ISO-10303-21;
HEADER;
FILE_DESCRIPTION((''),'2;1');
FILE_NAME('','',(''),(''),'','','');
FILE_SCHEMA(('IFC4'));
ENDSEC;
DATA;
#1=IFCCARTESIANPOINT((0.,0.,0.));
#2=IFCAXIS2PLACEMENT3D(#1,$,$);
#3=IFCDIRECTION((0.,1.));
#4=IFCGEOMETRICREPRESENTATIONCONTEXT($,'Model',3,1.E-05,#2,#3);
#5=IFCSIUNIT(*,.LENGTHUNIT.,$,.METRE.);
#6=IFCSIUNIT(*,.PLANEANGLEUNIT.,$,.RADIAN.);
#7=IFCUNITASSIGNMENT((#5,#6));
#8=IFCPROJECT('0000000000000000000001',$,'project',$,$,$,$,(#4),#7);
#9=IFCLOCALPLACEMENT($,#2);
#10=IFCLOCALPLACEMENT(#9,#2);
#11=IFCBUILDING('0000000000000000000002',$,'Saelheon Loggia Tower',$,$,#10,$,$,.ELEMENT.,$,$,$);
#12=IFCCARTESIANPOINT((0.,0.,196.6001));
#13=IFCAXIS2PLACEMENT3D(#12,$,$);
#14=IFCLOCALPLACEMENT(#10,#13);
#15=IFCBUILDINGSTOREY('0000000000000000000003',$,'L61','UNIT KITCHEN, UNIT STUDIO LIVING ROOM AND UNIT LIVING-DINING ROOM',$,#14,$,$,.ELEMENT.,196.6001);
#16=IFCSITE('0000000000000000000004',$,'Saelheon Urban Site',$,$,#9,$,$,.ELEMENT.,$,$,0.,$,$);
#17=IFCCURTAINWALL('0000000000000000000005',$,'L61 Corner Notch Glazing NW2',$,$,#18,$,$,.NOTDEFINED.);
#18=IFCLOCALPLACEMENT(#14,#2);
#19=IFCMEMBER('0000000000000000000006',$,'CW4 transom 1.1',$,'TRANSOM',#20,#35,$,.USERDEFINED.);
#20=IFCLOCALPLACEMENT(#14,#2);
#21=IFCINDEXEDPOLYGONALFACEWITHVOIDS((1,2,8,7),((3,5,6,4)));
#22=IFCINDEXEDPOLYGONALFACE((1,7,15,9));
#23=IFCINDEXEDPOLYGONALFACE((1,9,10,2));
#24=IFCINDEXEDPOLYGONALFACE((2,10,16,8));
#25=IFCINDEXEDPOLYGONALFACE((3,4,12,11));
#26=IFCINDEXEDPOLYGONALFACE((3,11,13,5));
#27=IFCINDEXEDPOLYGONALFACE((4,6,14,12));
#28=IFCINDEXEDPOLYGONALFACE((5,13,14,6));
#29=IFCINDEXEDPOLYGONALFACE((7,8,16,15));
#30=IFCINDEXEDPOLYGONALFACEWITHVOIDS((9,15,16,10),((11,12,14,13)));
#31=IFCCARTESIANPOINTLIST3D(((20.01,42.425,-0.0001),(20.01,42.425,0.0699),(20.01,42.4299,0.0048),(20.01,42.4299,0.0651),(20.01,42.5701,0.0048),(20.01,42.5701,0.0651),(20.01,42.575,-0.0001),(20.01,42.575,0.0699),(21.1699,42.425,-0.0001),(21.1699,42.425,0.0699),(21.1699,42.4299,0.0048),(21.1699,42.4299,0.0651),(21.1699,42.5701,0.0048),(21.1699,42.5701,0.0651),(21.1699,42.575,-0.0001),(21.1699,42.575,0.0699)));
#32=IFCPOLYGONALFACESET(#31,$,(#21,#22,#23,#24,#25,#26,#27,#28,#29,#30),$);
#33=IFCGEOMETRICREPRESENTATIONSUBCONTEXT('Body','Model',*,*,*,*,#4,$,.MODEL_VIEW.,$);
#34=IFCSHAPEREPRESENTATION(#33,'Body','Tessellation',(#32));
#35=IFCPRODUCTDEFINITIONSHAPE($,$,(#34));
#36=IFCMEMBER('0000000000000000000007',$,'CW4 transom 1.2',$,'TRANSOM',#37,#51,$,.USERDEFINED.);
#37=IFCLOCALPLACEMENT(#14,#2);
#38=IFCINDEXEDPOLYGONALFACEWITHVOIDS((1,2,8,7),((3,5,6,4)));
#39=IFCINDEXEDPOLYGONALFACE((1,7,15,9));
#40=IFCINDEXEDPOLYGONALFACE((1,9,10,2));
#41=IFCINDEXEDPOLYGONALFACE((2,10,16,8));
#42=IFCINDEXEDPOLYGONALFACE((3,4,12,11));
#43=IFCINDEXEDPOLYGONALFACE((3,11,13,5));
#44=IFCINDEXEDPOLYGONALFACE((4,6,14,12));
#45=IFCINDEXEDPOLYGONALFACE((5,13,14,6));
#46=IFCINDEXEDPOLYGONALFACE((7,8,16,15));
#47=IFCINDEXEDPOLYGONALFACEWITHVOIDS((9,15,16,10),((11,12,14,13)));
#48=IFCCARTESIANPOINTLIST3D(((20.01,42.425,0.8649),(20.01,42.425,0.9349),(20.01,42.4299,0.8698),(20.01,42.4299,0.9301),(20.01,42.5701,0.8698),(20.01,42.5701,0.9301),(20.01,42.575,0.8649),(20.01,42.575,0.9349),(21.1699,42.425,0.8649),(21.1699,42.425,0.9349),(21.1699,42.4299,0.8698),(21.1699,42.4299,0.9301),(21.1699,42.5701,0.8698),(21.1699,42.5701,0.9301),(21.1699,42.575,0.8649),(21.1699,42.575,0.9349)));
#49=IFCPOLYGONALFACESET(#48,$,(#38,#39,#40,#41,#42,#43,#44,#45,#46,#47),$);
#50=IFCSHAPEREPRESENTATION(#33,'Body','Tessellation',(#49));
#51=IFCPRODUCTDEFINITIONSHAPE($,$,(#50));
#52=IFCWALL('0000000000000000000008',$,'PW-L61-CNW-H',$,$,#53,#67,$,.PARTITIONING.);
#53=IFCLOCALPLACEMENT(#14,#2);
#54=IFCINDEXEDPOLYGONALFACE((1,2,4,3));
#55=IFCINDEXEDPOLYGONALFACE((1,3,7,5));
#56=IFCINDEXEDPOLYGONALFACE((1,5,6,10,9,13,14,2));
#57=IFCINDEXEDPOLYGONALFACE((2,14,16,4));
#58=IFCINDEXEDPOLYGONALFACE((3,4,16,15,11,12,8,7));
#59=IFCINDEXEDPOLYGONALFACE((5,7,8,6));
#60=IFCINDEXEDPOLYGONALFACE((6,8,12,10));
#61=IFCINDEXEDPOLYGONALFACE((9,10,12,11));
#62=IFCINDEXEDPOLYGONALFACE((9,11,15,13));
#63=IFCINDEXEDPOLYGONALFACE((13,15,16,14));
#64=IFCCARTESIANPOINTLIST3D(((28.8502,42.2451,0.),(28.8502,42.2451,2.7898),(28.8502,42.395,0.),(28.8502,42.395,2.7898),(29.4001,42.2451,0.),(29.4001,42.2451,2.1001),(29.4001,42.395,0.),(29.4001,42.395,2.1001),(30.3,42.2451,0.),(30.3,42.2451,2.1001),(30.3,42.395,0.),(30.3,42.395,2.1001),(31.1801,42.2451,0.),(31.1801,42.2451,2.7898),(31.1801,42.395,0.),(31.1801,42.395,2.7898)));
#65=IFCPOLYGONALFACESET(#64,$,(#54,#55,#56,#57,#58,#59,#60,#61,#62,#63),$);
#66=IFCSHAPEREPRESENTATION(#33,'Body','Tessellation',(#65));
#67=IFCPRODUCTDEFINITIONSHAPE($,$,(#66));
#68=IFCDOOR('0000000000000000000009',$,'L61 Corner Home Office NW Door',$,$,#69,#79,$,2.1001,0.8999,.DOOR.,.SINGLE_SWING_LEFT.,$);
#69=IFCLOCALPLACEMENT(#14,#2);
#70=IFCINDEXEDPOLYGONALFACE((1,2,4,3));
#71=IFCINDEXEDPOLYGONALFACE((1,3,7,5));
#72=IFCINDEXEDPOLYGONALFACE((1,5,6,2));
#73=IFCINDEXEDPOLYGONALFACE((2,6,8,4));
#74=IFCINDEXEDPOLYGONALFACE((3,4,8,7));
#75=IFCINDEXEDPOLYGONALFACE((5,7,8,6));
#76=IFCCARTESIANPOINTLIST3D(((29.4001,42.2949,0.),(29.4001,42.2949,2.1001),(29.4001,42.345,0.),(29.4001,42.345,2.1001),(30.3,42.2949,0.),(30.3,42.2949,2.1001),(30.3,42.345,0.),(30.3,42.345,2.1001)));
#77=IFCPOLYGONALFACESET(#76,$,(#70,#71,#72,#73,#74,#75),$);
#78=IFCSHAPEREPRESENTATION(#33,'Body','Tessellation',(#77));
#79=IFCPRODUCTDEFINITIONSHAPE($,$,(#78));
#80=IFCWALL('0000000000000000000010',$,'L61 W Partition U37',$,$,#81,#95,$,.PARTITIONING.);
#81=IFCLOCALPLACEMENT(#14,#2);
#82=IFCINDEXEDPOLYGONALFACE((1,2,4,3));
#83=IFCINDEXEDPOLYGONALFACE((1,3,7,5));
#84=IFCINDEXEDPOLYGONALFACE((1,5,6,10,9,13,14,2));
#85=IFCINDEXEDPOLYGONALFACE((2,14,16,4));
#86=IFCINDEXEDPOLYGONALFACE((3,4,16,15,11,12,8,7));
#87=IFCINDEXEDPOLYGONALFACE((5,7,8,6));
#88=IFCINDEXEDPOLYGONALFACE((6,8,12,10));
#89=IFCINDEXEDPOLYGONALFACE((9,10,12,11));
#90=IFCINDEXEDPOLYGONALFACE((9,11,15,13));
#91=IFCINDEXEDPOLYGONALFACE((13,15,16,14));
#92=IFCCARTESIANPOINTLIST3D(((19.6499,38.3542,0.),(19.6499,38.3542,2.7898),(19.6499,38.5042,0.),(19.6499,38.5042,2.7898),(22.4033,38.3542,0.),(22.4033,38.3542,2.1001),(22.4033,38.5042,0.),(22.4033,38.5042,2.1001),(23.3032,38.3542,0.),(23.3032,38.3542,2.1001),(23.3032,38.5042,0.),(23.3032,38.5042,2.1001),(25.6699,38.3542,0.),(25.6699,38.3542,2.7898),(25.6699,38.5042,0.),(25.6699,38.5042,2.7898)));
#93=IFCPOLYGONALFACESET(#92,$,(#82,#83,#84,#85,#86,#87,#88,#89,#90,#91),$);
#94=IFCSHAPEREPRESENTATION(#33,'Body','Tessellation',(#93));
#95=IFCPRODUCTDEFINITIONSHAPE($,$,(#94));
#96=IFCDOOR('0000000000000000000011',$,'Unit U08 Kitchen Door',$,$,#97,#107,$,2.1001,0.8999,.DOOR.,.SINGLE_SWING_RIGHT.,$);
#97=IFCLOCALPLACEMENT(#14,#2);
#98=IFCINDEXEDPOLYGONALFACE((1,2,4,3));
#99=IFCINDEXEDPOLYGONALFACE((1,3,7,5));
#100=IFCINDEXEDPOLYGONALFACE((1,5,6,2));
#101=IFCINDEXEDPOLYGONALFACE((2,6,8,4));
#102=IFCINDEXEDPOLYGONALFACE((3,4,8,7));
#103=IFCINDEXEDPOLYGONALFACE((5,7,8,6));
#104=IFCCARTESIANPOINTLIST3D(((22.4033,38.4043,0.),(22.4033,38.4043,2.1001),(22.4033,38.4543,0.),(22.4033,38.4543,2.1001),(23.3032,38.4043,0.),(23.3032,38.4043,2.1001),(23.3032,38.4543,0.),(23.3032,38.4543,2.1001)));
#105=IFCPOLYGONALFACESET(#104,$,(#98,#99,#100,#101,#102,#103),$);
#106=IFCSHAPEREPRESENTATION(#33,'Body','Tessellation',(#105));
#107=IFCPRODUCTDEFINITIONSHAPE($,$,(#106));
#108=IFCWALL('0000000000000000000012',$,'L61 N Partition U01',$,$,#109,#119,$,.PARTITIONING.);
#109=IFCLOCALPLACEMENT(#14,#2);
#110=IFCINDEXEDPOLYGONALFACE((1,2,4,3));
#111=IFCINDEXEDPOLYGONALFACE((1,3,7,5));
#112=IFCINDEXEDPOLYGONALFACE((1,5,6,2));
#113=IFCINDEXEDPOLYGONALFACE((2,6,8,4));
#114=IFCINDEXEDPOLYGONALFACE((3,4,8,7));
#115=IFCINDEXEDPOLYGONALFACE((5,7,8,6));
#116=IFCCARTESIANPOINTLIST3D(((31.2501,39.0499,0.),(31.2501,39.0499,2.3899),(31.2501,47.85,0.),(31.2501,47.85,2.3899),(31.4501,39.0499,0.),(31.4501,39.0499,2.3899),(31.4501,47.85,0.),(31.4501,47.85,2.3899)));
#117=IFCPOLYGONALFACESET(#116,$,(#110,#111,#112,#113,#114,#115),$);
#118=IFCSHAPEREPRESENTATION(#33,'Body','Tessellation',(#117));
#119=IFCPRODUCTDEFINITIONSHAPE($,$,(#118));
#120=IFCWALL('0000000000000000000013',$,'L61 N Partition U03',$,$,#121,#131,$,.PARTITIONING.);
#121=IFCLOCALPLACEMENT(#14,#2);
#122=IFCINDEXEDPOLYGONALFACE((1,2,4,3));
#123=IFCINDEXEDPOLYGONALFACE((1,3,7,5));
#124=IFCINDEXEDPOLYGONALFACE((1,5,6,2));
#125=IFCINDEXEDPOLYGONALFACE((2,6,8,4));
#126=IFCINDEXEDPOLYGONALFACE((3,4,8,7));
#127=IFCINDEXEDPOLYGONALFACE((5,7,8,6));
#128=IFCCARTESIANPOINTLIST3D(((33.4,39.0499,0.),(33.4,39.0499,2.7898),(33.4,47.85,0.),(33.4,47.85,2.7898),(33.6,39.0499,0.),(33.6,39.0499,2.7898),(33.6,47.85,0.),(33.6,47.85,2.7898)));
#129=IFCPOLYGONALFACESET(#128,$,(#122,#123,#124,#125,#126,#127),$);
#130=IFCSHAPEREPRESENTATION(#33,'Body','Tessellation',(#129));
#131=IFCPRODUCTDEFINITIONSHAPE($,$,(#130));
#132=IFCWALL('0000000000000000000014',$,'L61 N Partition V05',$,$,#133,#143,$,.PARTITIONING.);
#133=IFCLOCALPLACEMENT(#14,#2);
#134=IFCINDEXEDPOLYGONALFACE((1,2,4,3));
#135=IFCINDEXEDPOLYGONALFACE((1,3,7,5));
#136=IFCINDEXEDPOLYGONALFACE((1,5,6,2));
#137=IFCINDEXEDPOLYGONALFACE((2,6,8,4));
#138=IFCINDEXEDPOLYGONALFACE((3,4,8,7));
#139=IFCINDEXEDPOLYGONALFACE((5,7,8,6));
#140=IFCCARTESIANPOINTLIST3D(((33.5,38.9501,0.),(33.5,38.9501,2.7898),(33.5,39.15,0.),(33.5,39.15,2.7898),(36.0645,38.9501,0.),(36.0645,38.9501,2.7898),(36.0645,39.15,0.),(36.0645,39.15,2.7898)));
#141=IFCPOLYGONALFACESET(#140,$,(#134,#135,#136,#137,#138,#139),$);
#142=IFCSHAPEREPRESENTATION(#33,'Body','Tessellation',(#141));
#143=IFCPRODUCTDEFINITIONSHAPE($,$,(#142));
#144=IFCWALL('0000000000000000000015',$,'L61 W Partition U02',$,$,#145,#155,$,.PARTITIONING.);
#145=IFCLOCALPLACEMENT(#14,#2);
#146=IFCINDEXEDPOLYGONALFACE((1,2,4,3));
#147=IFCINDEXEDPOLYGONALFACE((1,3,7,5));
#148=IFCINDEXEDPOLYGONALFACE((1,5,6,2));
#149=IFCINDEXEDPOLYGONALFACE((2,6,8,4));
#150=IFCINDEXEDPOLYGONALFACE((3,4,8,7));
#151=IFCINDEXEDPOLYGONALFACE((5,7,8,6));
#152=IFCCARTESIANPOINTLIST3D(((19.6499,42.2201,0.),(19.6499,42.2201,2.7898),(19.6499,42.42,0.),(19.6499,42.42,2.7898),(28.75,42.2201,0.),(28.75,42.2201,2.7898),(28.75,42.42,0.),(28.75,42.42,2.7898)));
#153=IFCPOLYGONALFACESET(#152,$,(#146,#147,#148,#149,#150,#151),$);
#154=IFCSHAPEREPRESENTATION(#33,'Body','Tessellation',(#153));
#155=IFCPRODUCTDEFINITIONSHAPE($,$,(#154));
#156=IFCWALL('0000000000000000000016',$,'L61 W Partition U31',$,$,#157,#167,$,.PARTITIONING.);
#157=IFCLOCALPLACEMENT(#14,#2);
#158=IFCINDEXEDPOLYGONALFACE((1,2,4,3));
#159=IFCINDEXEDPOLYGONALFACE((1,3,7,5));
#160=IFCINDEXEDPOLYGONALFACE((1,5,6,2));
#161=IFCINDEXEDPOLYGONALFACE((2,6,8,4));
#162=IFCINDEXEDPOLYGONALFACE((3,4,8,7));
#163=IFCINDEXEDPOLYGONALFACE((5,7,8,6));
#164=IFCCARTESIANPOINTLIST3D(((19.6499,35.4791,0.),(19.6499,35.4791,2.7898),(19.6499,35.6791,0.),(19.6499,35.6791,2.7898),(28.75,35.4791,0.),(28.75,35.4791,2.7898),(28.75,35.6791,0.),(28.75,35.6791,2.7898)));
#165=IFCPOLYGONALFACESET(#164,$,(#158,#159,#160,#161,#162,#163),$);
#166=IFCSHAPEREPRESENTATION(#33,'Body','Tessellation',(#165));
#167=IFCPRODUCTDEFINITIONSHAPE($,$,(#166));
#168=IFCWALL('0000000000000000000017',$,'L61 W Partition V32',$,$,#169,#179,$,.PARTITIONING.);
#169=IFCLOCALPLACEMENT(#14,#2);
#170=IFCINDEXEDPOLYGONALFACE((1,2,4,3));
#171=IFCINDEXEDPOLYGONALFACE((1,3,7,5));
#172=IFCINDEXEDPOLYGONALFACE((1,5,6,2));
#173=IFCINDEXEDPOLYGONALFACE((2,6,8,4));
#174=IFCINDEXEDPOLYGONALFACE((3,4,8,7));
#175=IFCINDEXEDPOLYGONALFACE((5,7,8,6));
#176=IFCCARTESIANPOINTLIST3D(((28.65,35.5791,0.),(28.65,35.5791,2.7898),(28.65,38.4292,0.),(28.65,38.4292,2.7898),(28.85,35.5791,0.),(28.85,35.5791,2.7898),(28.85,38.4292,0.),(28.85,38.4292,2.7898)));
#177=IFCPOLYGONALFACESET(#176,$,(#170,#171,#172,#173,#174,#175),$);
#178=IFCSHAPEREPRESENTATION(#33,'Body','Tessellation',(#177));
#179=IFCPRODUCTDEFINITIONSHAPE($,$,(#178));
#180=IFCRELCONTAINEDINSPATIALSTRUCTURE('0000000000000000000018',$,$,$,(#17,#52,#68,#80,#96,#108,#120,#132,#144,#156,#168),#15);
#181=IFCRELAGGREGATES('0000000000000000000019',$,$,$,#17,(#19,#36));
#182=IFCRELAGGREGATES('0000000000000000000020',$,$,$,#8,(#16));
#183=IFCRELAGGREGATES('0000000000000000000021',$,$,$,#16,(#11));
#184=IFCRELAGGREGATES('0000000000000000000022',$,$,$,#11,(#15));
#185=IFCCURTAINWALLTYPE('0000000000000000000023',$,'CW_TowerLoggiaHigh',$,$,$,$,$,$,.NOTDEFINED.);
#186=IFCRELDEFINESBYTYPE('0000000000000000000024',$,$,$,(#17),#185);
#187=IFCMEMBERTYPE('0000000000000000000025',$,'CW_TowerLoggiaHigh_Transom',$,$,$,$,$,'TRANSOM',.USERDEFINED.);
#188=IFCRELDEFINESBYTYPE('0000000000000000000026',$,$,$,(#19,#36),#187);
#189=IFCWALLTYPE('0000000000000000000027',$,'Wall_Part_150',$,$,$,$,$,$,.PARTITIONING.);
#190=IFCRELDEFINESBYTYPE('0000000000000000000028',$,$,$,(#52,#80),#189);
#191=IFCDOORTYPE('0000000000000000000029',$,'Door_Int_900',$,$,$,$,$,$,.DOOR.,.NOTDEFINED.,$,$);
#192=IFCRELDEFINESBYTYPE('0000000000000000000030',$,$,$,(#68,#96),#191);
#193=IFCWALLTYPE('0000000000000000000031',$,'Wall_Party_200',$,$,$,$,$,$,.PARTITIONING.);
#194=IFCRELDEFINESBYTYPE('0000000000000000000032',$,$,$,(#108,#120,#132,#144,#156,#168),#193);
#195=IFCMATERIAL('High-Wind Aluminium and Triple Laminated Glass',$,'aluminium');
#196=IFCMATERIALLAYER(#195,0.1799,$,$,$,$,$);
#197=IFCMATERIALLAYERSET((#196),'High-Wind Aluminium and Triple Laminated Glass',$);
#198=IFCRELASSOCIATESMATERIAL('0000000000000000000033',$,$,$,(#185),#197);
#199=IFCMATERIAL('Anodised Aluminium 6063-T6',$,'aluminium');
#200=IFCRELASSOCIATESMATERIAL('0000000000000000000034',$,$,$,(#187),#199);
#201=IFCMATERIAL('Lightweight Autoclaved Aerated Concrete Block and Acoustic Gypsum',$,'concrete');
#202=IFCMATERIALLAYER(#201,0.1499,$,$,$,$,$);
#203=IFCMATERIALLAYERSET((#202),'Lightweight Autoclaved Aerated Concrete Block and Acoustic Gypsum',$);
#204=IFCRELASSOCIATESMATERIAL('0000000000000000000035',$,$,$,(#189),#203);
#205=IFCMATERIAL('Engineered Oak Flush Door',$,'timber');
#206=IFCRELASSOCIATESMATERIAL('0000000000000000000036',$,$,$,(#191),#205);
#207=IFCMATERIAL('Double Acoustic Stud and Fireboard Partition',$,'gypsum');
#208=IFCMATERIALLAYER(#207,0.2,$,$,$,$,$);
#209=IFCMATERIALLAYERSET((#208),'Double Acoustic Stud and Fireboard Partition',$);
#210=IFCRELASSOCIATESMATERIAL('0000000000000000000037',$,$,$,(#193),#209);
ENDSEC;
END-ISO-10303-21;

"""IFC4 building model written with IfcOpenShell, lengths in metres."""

from ifc_helpers import new_model, si_unit, direction, frame, frame_2d, origin, origin_2d, place, context, subcontext, project, spatial, rectangle, hollow_rectangle, extrude, source, transform, mapped, material, layer, layer_set, material_profile, profile_set, type_object, element, fill, aggregate, save


model = new_model("IFC4")

# Units and contexts
model_context = context("Model", 3, precision=1e-05, world=origin(), true_north=direction((0.0, 1.0)))
body_context = subcontext(model_context, "Body", "Model", "MODEL_VIEW")
ifc_project = project(units=[si_unit("LENGTHUNIT", "METRE"), si_unit("PLANEANGLEUNIT", "RADIAN")], contexts=[model_context])

# Site, building, storey
site_placement = place(None, origin())
site = spatial("IfcSite", under=ifc_project, at=site_placement, Name="Saelheon Urban Site", CompositionType="ELEMENT", RefElevation=0.0)
building_placement = place(site_placement, origin())
building = spatial("IfcBuilding", under=site, at=building_placement, Name="Saelheon Loggia Tower", CompositionType="ELEMENT")
storey_placement = place(building_placement, frame((0.0, 0.0, 196.6001)))
storey = spatial("IfcBuildingStorey", under=building, at=storey_placement, Name="L61", Description="UNIT KITCHEN, UNIT STUDIO LIVING ROOM AND UNIT LIVING-DINING ROOM", CompositionType="ELEMENT", Elevation=196.6001)

# Curtain wall, members
ifc_material_1 = material(Name="High-Wind Aluminium and Triple Laminated Glass", Category="aluminium")
ifc_layer_1 = layer(ifc_material_1, 0.1799)
ifc_layer_set_1 = layer_set([ifc_layer_1], Name="High-Wind Aluminium and Triple Laminated Glass")
curtain_wall_type = type_object("IfcCurtainWallType", Name="CW_TowerLoggiaHigh", PredefinedType="NOTDEFINED", material=ifc_layer_set_1)
curtain_wall_placement = place(storey_placement, origin())
curtain_wall = element("IfcCurtainWall", 1, at=curtain_wall_placement, inside=storey, type_object=curtain_wall_type, Name="L61 Corner Notch Glazing NW2", PredefinedType="NOTDEFINED")
ifc_material_2 = material(Name="Anodised Aluminium 6063-T6", Category="aluminium")
ifc_material_profile_1 = material_profile(ifc_material_2, hollow_rectangle(XDim=0.0701, YDim=0.1499, WallThickness=0.0049, at=origin_2d()), Name="RHS-150x70x5")
ifc_profile_set_1 = profile_set([ifc_material_profile_1], Name="Anodised Aluminium 6063-T6")
member_type_1 = type_object("IfcMemberType", Name="CW_TowerLoggiaHigh_Transom", ElementType="TRANSOM", PredefinedType="USERDEFINED", material=ifc_profile_set_1)
shared_shape_1 = source(origin(), body_context, "Body", "SweptSolid", [
    extrude(hollow_rectangle(XDim=0.0701, YDim=0.1499, WallThickness=0.0049, at=origin_2d()), origin(), (0.0, 0.0, 1.0), 1.1599),
])
member_1_placement = place(storey_placement, frame((20.01, 42.5, 0.0349), z_axis=(1.0, 0.0, 0.0), x_axis=(0.0, 0.0, 1.0)))
member_1 = element("IfcMember", 2, at=member_1_placement, type_object=member_type_1, Name="CW4 transom 1.1", ObjectType="TRANSOM", PredefinedType="USERDEFINED", context=body_context, shape_type="MappedRepresentation", body=[
    mapped(shared_shape_1, transform((0.0, 0.0, 0.0), scale=1.0)),
])
member_2_placement = place(storey_placement, frame((20.01, 42.5, 0.8999), z_axis=(1.0, 0.0, 0.0), x_axis=(0.0, 0.0, 1.0)))
member_2 = element("IfcMember", 3, at=member_2_placement, type_object=member_type_1, Name="CW4 transom 1.2", ObjectType="TRANSOM", PredefinedType="USERDEFINED", context=body_context, shape_type="MappedRepresentation", body=[
    mapped(shared_shape_1, transform((0.0, 0.0, 0.0), scale=1.0)),
])
aggregate(curtain_wall, [member_1, member_2])

# Walls, openings, doors
ifc_material_3 = material(Name="Lightweight Autoclaved Aerated Concrete Block and Acoustic Gypsum", Category="concrete")
ifc_layer_2 = layer(ifc_material_3, 0.1499)
ifc_layer_set_2 = layer_set([ifc_layer_2], Name="Lightweight Autoclaved Aerated Concrete Block and Acoustic Gypsum")
wall_type_1 = type_object("IfcWallType", Name="Wall_Part_150", PredefinedType="PARTITIONING", material=ifc_layer_set_2)
wall_1_placement = place(storey_placement, frame((28.8501, 42.3201, 0.0), z_axis=(0.0, 0.0, 1.0), x_axis=(1.0, 0.0, 0.0)))
wall_1 = element("IfcWall", 4, at=wall_1_placement, inside=storey, type_object=wall_type_1, Name="PW-L61-CNW-H", PredefinedType="PARTITIONING", context=body_context, shape_type="SweptSolid", body=[
    extrude(rectangle(XDim=2.3298, YDim=0.1499, at=frame_2d((1.165, 0.0))), origin(), (0.0, 0.0, 1.0), 2.7898),
])
opening_1_placement = place(wall_1_placement, frame((0.55, 0.0, 0.0)))
opening_1 = element("IfcOpeningElement", 5, at=opening_1_placement, cuts=wall_1, PredefinedType="OPENING", context=body_context, shape_type="SweptSolid", body=[
    extrude(rectangle(XDim=0.8999, YDim=2.1001, at=frame_2d((0.45, 1.05))), frame((0.0, 0.0869, 0.0), z_axis=(0.0, -1.0, 0.0), x_axis=(1.0, 0.0, 0.0)), (0.0, 0.0, 1.0), 0.1738),
])
ifc_material_4 = material(Name="Engineered Oak Flush Door", Category="timber")
door_type_1 = type_object("IfcDoorType", Name="Door_Int_900", OperationType="NOTDEFINED", PredefinedType="DOOR", material=ifc_material_4)
shared_shape_2 = source(origin(), body_context, "Body", "SweptSolid", [
    extrude(rectangle(XDim=0.8999, YDim=2.1001, at=frame_2d((0.45, 1.05))), frame((0.0, 0.0249, 0.0), z_axis=(0.0, -1.0, 0.0), x_axis=(1.0, 0.0, 0.0)), (0.0, 0.0, 1.0), 0.05),
])
door_1_placement = place(opening_1_placement, origin())
door_1 = element("IfcDoor", 6, at=door_1_placement, inside=storey, type_object=door_type_1, Name="L61 Corner Home Office NW Door", OperationType="SINGLE_SWING_LEFT", OverallHeight=2.1001, OverallWidth=0.8999, PredefinedType="DOOR", context=body_context, shape_type="MappedRepresentation", body=[
    mapped(shared_shape_2, transform((0.0, 0.0, 0.0), scale=1.0)),
])
fill(opening_1, door_1)
wall_2_placement = place(storey_placement, frame((25.6699, 38.4292, 0.0), z_axis=(0.0, 0.0, 1.0), x_axis=(-1.0, 0.0, 0.0)))
wall_2 = element("IfcWall", 7, at=wall_2_placement, inside=storey, type_object=wall_type_1, Name="L61 W Partition U37", PredefinedType="PARTITIONING", context=body_context, shape_type="SweptSolid", body=[
    extrude(rectangle(XDim=6.02, YDim=0.1499, at=frame_2d((3.01, 0.0))), origin(), (0.0, 0.0, 1.0), 2.7898),
])
opening_2_placement = place(wall_2_placement, frame((2.3667, 0.0, 0.0)))
opening_2 = element("IfcOpeningElement", 8, at=opening_2_placement, cuts=wall_2, PredefinedType="OPENING", context=body_context, shape_type="SweptSolid", body=[
    extrude(rectangle(XDim=0.8999, YDim=2.1001, at=frame_2d((0.45, 1.05))), frame((0.0, 0.0869, 0.0), z_axis=(0.0, -1.0, 0.0), x_axis=(1.0, 0.0, 0.0)), (0.0, 0.0, 1.0), 0.1738),
])
door_2_placement = place(opening_2_placement, origin())
door_2 = element("IfcDoor", 9, at=door_2_placement, inside=storey, type_object=door_type_1, Name="Unit U08 Kitchen Door", OperationType="SINGLE_SWING_RIGHT", OverallHeight=2.1001, OverallWidth=0.8999, PredefinedType="DOOR", context=body_context, shape_type="MappedRepresentation", body=[
    mapped(shared_shape_2, transform((0.0, 0.0, 0.0), scale=1.0)),
])
fill(opening_2, door_2)

# Walls
ifc_material_5 = material(Name="Double Acoustic Stud and Fireboard Partition", Category="gypsum")
ifc_layer_3 = layer(ifc_material_5, 0.2)
ifc_layer_set_3 = layer_set([ifc_layer_3], Name="Double Acoustic Stud and Fireboard Partition")
wall_type_2 = type_object("IfcWallType", Name="Wall_Party_200", PredefinedType="PARTITIONING", material=ifc_layer_set_3)
wall_3_placement = place(storey_placement, frame((31.3501, 39.05, 0.0), z_axis=(0.0, 0.0, 1.0), x_axis=(0.0, 1.0, 0.0)))
element("IfcWall", 10, at=wall_3_placement, inside=storey, type_object=wall_type_2, Name="L61 N Partition U01", PredefinedType="PARTITIONING", context=body_context, shape_type="SweptSolid", body=[
    extrude(rectangle(XDim=8.8, YDim=0.2, at=frame_2d((4.3999, 0.0))), origin(), (0.0, 0.0, 1.0), 2.3899),
])
wall_4_placement = place(storey_placement, frame((33.5, 39.05, 0.0), z_axis=(0.0, 0.0, 1.0), x_axis=(0.0, 1.0, 0.0)))
element("IfcWall", 11, at=wall_4_placement, inside=storey, type_object=wall_type_2, Name="L61 N Partition U03", PredefinedType="PARTITIONING", context=body_context, shape_type="SweptSolid", body=[
    extrude(rectangle(XDim=8.8, YDim=0.2, at=frame_2d((4.3999, 0.0))), origin(), (0.0, 0.0, 1.0), 2.7898),
])
wall_5_placement = place(storey_placement, frame((33.5, 39.05, 0.0), z_axis=(0.0, 0.0, 1.0), x_axis=(1.0, 0.0, 0.0)))
element("IfcWall", 12, at=wall_5_placement, inside=storey, type_object=wall_type_2, Name="L61 N Partition V05", PredefinedType="PARTITIONING", context=body_context, shape_type="SweptSolid", body=[
    extrude(rectangle(XDim=2.5645, YDim=0.2, at=frame_2d((1.2822, 0.0))), origin(), (0.0, 0.0, 1.0), 2.7898),
])
for number, where, z_axis, x_axis, name in (
    (13, (28.75, 42.3201, 0.0), (0.0, 0.0, 1.0), (-1.0, 0.0, 0.0), "L61 W Partition U02"),
    (14, (28.75, 35.5791, 0.0), (0.0, 0.0, 1.0), (-1.0, 0.0, 0.0), "L61 W Partition U31"),
):
    element("IfcWall", number, at=place(storey_placement, frame(where, z_axis=z_axis, x_axis=x_axis)), inside=storey, type_object=wall_type_2, Name=name, PredefinedType="PARTITIONING", context=body_context, shape_type="SweptSolid", body=[
        extrude(rectangle(XDim=9.1001, YDim=0.2, at=frame_2d((4.55, 0.0))), origin(), (0.0, 0.0, 1.0), 2.7898),
    ])
wall_6_placement = place(storey_placement, frame((28.75, 35.5791, 0.0), z_axis=(0.0, 0.0, 1.0), x_axis=(0.0, 1.0, 0.0)))
element("IfcWall", 15, at=wall_6_placement, inside=storey, type_object=wall_type_2, Name="L61 W Partition V32", PredefinedType="PARTITIONING", context=body_context, shape_type="SweptSolid", body=[
    extrude(rectangle(XDim=2.8501, YDim=0.2, at=frame_2d((1.425, 0.0))), origin(), (0.0, 0.0, 1.0), 2.7898),
])

save(model, "model.ifc")
